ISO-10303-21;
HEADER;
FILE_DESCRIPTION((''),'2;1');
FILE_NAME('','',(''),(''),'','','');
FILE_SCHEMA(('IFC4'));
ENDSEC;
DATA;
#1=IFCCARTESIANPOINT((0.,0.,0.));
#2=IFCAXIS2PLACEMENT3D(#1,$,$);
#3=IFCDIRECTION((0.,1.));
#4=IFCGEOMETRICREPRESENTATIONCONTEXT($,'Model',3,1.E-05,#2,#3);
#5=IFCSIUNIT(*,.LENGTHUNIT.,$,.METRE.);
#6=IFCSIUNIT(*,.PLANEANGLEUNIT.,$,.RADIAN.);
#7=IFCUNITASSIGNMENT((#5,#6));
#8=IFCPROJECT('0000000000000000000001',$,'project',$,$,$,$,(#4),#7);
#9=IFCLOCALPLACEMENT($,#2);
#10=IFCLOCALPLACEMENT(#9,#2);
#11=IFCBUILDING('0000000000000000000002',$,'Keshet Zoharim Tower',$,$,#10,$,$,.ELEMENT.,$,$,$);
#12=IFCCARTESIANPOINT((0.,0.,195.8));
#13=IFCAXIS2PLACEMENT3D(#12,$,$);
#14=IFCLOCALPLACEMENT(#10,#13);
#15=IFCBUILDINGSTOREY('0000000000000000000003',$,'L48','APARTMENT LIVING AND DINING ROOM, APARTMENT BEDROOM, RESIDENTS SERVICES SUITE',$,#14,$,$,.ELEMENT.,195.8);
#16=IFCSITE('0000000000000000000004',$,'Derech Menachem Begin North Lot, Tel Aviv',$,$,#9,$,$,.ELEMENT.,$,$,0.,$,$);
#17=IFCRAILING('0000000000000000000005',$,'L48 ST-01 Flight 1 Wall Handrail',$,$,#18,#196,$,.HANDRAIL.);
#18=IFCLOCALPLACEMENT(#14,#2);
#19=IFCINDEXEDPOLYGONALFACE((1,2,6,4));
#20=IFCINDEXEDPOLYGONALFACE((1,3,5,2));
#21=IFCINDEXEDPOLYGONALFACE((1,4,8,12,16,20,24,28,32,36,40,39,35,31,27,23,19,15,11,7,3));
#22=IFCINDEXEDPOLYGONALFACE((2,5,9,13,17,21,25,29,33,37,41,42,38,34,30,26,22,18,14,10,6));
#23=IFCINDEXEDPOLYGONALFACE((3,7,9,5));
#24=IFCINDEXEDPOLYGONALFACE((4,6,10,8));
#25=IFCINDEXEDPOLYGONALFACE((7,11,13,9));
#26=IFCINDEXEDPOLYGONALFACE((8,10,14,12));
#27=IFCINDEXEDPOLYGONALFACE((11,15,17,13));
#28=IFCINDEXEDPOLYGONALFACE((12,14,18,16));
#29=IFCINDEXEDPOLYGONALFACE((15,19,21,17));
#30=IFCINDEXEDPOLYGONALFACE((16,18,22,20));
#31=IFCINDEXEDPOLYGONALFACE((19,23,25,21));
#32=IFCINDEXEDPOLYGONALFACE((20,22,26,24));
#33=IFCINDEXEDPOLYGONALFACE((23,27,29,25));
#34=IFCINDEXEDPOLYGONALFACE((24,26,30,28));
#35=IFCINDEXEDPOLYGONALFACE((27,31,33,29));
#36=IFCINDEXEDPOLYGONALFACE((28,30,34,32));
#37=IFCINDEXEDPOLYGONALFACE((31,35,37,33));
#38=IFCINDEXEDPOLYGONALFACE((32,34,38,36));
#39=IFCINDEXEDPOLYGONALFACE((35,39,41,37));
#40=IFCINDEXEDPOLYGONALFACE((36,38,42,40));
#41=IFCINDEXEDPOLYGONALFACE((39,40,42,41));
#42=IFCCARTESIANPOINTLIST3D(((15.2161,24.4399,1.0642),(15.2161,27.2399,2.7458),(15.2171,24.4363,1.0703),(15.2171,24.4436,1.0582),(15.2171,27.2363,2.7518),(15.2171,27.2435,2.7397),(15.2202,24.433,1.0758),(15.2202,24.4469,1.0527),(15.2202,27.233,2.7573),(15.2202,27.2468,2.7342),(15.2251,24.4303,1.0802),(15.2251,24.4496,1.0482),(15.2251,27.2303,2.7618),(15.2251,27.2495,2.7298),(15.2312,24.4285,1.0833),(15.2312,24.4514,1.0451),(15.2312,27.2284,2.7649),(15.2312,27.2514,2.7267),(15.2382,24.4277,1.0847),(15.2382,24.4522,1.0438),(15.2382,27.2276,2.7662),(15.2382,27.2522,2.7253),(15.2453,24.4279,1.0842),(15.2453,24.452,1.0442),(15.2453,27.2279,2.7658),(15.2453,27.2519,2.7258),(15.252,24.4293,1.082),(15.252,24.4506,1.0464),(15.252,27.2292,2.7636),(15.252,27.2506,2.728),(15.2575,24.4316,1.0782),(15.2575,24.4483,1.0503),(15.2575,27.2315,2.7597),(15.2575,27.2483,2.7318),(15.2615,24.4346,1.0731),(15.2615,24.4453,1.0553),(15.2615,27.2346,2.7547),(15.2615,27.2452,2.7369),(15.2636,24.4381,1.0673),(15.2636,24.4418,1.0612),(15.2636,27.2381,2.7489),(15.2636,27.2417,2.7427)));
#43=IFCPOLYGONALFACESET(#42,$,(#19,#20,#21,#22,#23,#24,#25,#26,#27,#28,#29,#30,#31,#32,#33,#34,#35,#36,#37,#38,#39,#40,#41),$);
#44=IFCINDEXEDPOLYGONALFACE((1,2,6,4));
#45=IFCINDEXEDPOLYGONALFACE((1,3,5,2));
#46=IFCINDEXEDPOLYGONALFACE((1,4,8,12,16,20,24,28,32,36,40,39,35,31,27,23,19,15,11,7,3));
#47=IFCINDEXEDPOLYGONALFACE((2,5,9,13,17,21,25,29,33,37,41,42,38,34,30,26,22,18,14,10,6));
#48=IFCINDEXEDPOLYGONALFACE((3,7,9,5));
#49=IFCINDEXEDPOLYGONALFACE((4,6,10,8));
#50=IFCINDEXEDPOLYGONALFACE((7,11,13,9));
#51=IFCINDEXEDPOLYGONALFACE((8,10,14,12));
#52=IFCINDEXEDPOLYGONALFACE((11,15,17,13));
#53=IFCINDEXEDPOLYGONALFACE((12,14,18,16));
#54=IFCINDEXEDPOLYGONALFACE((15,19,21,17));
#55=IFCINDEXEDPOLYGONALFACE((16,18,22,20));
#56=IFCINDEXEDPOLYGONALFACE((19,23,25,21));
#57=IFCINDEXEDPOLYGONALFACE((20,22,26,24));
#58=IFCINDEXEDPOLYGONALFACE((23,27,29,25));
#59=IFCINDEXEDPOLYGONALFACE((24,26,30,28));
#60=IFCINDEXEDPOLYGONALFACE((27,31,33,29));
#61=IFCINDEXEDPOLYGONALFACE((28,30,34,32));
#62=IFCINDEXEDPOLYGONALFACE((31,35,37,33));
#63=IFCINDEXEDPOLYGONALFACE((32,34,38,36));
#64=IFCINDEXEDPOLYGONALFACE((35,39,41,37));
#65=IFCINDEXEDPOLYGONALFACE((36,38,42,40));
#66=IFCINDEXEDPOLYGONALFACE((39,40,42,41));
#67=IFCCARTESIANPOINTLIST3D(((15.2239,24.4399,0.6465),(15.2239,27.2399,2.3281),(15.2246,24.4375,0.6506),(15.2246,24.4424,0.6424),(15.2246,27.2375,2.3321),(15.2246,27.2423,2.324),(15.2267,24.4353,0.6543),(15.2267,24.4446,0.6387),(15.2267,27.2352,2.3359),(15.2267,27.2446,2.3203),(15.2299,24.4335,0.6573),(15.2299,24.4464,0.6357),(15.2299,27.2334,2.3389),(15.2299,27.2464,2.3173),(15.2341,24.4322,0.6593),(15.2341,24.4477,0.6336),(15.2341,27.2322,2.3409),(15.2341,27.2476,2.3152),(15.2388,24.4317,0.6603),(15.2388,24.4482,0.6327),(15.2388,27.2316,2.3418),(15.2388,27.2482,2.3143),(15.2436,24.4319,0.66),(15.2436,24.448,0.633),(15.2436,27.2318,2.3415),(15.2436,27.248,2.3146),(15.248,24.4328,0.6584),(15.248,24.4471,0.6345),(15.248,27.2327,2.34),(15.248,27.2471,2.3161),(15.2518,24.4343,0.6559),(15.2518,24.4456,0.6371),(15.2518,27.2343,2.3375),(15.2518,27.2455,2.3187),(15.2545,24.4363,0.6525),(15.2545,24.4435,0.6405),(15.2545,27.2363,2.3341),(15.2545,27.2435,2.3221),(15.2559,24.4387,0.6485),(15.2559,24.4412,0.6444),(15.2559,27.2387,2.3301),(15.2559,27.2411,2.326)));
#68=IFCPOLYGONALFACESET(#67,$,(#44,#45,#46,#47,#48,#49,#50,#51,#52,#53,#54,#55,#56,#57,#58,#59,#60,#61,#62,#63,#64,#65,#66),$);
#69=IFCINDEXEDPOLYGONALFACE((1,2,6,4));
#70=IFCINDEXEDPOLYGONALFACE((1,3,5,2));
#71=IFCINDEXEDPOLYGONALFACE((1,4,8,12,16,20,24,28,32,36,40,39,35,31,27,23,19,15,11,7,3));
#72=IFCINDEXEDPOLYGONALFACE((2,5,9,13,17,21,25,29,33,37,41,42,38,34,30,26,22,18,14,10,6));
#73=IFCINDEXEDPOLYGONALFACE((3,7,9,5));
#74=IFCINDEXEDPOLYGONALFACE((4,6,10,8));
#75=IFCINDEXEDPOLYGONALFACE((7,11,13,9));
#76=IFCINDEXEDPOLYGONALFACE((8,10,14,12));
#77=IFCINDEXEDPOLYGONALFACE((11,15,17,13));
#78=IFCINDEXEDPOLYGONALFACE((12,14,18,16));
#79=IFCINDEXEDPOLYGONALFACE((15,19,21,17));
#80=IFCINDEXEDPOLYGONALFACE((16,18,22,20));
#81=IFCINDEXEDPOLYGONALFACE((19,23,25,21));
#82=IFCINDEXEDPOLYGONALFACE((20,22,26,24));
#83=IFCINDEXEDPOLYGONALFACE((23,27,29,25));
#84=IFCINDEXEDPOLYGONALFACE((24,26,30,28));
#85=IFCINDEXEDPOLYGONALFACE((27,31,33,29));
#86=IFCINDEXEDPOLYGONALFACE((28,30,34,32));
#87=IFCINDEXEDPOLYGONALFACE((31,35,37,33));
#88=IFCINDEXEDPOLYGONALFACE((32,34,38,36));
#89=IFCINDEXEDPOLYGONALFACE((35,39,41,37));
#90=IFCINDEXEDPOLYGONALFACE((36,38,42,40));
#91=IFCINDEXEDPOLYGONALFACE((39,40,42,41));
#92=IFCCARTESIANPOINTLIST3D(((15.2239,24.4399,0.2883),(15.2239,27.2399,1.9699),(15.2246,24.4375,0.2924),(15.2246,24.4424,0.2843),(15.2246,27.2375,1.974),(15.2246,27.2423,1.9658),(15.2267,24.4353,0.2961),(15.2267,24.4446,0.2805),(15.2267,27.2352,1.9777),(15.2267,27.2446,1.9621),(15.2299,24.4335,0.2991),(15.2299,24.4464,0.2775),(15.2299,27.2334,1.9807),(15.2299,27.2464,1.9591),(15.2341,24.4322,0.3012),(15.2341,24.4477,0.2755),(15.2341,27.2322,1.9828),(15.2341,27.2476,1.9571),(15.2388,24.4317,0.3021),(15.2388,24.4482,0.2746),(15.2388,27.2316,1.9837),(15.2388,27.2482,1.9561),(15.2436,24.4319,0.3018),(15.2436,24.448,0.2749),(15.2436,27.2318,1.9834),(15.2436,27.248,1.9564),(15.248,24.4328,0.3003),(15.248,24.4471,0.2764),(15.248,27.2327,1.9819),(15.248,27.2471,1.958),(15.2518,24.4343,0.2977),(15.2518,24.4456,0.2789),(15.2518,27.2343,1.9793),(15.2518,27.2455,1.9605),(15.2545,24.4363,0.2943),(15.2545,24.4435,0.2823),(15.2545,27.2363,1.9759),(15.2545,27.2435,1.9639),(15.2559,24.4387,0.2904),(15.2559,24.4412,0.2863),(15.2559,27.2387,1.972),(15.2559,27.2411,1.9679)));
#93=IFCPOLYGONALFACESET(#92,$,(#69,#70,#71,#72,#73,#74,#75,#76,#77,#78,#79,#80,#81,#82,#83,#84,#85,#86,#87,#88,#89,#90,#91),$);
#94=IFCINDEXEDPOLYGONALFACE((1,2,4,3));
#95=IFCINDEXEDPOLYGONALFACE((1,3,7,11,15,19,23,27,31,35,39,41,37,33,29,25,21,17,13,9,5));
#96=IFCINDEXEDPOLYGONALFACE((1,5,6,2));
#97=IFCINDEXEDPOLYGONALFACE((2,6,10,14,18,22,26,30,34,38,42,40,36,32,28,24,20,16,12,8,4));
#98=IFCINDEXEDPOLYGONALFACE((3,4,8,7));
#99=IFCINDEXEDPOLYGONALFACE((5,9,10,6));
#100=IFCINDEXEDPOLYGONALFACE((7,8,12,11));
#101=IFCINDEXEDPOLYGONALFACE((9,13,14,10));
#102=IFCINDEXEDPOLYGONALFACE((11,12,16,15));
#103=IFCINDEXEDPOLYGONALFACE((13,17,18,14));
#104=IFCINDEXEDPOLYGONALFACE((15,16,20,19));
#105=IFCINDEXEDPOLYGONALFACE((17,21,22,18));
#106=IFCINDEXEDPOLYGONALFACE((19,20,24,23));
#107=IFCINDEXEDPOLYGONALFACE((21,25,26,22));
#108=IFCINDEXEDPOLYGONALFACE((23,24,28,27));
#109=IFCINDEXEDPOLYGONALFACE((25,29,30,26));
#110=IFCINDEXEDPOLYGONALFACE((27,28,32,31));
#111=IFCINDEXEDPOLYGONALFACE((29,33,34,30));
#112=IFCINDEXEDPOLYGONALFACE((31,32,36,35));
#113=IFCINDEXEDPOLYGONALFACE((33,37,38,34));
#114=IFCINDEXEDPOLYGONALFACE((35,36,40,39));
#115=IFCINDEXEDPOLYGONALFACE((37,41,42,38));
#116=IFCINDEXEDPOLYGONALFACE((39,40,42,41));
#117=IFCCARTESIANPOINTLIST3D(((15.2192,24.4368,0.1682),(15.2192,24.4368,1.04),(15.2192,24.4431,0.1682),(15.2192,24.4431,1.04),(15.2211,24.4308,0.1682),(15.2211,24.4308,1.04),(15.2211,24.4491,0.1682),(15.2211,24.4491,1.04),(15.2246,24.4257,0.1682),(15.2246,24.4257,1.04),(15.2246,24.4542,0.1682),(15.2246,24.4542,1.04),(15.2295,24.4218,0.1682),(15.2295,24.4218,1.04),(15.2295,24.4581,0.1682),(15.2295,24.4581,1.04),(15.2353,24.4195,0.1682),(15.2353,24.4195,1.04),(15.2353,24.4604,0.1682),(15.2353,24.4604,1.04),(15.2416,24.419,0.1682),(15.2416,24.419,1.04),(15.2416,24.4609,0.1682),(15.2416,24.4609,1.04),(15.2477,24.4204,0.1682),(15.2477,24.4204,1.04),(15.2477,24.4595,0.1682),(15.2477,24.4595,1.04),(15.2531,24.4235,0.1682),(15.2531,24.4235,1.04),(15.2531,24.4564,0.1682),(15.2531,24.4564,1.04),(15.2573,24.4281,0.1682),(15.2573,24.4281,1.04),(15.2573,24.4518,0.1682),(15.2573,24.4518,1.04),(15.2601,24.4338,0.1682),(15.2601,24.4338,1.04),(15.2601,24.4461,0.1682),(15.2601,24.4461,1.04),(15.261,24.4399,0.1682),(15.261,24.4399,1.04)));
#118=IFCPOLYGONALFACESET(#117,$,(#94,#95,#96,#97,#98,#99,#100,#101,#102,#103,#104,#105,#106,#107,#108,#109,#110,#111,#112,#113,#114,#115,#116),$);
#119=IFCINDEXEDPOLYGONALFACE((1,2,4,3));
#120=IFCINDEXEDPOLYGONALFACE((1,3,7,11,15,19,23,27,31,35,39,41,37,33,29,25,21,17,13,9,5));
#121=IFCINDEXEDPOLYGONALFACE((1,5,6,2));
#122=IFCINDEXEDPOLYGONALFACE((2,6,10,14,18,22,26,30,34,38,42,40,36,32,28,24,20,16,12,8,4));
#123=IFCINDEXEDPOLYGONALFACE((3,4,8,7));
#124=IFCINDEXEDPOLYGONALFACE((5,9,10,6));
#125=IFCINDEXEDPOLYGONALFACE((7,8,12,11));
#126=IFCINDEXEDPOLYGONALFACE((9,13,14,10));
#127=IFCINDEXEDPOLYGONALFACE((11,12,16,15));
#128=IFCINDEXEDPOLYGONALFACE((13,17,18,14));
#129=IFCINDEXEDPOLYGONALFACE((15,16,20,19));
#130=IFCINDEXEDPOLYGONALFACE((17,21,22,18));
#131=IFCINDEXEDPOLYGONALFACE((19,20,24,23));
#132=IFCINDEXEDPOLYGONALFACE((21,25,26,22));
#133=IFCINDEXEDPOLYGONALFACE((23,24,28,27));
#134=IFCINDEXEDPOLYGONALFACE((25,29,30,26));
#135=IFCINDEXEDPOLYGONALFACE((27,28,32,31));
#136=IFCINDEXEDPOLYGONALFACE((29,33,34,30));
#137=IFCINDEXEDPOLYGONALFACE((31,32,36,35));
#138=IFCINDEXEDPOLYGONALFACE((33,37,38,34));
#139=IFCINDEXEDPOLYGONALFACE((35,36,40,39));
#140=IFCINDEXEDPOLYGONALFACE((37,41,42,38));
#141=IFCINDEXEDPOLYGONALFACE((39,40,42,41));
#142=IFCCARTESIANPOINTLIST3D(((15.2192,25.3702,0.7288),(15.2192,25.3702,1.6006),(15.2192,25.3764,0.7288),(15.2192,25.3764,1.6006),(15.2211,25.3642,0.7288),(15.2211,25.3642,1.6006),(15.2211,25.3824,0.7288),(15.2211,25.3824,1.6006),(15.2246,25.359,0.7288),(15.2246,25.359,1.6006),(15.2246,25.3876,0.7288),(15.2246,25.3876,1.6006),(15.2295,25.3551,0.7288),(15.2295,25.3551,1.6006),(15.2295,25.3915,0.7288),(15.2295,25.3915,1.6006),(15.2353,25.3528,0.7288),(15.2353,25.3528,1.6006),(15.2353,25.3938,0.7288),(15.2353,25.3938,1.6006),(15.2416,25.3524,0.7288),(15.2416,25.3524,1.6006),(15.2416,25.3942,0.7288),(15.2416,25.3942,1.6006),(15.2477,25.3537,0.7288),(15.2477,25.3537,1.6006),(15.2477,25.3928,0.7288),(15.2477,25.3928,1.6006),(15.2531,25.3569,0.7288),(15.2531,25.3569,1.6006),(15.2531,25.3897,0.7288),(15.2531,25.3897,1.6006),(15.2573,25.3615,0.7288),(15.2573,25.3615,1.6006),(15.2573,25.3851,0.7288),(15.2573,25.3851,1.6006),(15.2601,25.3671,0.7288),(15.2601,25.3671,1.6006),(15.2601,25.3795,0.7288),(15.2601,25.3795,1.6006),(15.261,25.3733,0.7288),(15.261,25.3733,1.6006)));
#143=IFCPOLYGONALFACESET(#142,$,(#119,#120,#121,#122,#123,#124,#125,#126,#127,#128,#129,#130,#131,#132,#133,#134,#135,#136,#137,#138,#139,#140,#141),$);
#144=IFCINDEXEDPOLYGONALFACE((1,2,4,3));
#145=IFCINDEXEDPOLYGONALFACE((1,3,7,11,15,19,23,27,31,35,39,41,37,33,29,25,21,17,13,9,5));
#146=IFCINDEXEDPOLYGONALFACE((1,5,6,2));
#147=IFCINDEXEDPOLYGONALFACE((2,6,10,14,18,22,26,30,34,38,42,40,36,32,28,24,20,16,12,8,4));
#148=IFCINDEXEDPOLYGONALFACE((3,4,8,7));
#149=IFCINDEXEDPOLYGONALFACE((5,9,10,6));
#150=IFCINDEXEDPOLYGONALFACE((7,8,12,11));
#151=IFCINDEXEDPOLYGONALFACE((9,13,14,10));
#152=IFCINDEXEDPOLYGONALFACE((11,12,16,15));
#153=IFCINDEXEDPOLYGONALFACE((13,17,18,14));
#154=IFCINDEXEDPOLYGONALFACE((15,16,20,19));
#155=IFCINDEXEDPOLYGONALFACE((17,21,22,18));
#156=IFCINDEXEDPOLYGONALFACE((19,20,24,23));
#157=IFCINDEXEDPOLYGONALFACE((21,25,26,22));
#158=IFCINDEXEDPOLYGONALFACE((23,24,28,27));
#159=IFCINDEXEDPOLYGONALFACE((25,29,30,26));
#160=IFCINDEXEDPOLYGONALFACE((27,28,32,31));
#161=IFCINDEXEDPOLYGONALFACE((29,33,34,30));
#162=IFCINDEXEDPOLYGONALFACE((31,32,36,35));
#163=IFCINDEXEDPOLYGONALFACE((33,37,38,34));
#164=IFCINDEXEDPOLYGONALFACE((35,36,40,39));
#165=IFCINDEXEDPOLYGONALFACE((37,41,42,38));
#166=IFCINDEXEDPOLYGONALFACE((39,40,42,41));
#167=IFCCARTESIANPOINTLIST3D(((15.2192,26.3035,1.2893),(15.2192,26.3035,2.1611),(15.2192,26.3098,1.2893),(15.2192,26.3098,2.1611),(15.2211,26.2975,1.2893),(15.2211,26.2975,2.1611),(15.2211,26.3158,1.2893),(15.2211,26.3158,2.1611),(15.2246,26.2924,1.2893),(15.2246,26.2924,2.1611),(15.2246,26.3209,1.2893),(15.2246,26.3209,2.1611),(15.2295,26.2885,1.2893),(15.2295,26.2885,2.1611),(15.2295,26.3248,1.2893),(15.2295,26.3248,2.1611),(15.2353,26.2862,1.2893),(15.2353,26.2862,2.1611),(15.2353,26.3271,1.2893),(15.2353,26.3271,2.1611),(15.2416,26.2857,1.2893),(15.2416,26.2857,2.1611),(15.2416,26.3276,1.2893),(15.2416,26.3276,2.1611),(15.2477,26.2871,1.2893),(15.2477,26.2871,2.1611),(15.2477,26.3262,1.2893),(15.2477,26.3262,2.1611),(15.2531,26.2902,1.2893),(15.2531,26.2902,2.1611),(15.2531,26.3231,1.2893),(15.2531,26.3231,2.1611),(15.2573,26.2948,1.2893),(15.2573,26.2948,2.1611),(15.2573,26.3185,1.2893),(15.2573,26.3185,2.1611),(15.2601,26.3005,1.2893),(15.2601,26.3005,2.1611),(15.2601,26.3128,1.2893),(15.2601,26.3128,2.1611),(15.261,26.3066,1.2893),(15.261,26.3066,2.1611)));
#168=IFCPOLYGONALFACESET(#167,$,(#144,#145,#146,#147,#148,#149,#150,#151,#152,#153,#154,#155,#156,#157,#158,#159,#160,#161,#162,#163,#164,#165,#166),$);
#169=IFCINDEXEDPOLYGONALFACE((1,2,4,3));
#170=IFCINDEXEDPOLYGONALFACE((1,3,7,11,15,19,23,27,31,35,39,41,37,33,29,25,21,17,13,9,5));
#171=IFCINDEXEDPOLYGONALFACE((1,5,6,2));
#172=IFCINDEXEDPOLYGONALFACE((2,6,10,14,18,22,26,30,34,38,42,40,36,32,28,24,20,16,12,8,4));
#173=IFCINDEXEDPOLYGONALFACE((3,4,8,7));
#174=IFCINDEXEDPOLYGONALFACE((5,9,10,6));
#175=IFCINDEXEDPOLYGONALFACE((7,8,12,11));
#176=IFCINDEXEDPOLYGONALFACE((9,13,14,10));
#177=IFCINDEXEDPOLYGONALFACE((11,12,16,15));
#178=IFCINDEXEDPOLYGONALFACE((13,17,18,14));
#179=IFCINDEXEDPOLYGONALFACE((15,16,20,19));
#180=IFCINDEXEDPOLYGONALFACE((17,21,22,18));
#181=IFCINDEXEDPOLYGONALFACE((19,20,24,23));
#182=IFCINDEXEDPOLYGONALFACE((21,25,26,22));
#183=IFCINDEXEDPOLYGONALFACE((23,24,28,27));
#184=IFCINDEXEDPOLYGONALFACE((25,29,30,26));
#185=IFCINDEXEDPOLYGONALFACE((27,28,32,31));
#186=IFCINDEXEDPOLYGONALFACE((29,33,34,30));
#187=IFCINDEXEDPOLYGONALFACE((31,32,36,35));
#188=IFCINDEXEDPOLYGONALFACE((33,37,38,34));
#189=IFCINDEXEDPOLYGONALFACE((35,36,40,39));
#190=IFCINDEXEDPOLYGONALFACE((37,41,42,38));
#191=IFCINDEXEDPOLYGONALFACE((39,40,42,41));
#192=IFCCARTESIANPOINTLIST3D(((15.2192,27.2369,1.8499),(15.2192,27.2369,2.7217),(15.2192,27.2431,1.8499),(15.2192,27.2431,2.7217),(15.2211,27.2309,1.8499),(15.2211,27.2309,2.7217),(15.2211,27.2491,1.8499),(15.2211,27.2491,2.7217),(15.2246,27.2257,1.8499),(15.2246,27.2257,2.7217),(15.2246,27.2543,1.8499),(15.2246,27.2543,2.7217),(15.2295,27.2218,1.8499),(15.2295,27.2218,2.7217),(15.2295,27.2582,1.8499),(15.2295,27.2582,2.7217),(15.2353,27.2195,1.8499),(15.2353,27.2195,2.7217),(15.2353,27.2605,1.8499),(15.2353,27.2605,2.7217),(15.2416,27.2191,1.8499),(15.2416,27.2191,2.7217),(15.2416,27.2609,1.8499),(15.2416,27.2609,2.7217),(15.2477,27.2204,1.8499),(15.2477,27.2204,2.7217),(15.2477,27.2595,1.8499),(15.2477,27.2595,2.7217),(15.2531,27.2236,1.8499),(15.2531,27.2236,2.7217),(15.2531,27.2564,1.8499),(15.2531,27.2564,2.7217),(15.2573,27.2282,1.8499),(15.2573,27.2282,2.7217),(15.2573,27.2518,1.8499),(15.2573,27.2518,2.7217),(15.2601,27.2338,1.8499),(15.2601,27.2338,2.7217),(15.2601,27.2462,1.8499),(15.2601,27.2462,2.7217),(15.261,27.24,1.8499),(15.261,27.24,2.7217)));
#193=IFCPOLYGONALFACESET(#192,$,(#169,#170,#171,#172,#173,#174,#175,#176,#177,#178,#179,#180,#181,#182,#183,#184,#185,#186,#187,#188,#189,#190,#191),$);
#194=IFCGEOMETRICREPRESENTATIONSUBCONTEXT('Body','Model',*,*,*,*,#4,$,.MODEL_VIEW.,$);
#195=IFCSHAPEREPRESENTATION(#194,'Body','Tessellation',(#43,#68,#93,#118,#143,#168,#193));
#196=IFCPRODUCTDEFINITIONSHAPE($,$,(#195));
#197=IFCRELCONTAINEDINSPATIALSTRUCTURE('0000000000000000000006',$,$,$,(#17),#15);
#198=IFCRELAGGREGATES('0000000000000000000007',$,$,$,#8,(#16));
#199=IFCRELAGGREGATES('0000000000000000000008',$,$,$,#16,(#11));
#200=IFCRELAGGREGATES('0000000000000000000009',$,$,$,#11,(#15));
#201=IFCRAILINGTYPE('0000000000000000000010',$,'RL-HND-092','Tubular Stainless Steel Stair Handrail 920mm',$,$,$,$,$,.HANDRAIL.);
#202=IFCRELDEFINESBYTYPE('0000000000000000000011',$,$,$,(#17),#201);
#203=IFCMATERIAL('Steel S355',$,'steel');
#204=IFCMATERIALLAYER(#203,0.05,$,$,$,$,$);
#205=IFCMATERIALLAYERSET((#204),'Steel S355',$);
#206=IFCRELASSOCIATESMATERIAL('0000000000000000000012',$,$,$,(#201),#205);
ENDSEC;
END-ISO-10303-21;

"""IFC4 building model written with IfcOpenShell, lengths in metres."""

from ifc_helpers import new_model, si_unit, direction, frame, origin, origin_2d, place, context, subcontext, project, spatial, circle, extrude, material, layer, layer_set, type_object, element, save


model = new_model("IFC4")

# Units and contexts
model_context = context("Model", 3, precision=1e-05, world=origin(), true_north=direction((0.0, 1.0)))
body_context = subcontext(model_context, "Body", "Model", "MODEL_VIEW")
ifc_project = project(units=[si_unit("LENGTHUNIT", "METRE"), si_unit("PLANEANGLEUNIT", "RADIAN")], contexts=[model_context])

# Site, building, storey
site_placement = place(None, origin())
site = spatial("IfcSite", under=ifc_project, at=site_placement, Name="Derech Menachem Begin North Lot, Tel Aviv", CompositionType="ELEMENT", RefElevation=0.0)
building_placement = place(site_placement, origin())
building = spatial("IfcBuilding", under=site, at=building_placement, Name="Keshet Zoharim Tower", CompositionType="ELEMENT")
storey_placement = place(building_placement, frame((0.0, 0.0, 195.8)))
storey = spatial("IfcBuildingStorey", under=building, at=storey_placement, Name="L48", Description="APARTMENT LIVING AND DINING ROOM, APARTMENT BEDROOM, RESIDENTS SERVICES SUITE", CompositionType="ELEMENT", Elevation=195.8)

# Shared definitions
ifc_material_1 = material(Name="Steel S355", Category="steel")

# Railing
ifc_layer_1 = layer(ifc_material_1, 0.05)
ifc_layer_set_1 = layer_set([ifc_layer_1], Name="Steel S355")
railing_type_1 = type_object("IfcRailingType", Name="RL-HND-092", Description="Tubular Stainless Steel Stair Handrail 920mm", PredefinedType="HANDRAIL", material=ifc_layer_set_1)
railing_1_placement = place(storey_placement, frame((15.24, 24.4399, 0.1682)))
element("IfcRailing", 1, at=railing_1_placement, inside=storey, type_object=railing_type_1, Name="L48 ST-01 Flight 1 Wall Handrail", PredefinedType="HANDRAIL", context=body_context, shape_type="SweptSolid", body=[
    extrude(circle(Radius=0.0239, at=origin_2d()), frame((0.0, 0.0, 0.896), z_axis=(0.0, 0.857275, 0.514858), x_axis=(-1.0, 0.0, 0.0)), (0.0, 0.0, 1.0), 3.2661),
    extrude(circle(Radius=0.0161, at=origin_2d()), frame((0.0, 0.0, 0.4783), z_axis=(0.0, 0.857275, 0.514858), x_axis=(-1.0, 0.0, 0.0)), (0.0, 0.0, 1.0), 3.2661),
    extrude(circle(Radius=0.0161, at=origin_2d()), frame((0.0, 0.0, 0.1201), z_axis=(0.0, 0.857275, 0.514858), x_axis=(-1.0, 0.0, 0.0)), (0.0, 0.0, 1.0), 3.2661),
    extrude(circle(Radius=0.021, at=origin_2d()), origin(), (0.0, 0.0, 1.0), 0.8718),
    extrude(circle(Radius=0.021, at=origin_2d()), frame((0.0, 0.9333, 0.5605)), (0.0, 0.0, 1.0), 0.8718),
    extrude(circle(Radius=0.021, at=origin_2d()), frame((0.0, 1.8667, 1.1211)), (0.0, 0.0, 1.0), 0.8718),
    extrude(circle(Radius=0.021, at=origin_2d()), frame((0.0, 2.8, 1.6816)), (0.0, 0.0, 1.0), 0.8718),
])

save(model, "model.ifc")
